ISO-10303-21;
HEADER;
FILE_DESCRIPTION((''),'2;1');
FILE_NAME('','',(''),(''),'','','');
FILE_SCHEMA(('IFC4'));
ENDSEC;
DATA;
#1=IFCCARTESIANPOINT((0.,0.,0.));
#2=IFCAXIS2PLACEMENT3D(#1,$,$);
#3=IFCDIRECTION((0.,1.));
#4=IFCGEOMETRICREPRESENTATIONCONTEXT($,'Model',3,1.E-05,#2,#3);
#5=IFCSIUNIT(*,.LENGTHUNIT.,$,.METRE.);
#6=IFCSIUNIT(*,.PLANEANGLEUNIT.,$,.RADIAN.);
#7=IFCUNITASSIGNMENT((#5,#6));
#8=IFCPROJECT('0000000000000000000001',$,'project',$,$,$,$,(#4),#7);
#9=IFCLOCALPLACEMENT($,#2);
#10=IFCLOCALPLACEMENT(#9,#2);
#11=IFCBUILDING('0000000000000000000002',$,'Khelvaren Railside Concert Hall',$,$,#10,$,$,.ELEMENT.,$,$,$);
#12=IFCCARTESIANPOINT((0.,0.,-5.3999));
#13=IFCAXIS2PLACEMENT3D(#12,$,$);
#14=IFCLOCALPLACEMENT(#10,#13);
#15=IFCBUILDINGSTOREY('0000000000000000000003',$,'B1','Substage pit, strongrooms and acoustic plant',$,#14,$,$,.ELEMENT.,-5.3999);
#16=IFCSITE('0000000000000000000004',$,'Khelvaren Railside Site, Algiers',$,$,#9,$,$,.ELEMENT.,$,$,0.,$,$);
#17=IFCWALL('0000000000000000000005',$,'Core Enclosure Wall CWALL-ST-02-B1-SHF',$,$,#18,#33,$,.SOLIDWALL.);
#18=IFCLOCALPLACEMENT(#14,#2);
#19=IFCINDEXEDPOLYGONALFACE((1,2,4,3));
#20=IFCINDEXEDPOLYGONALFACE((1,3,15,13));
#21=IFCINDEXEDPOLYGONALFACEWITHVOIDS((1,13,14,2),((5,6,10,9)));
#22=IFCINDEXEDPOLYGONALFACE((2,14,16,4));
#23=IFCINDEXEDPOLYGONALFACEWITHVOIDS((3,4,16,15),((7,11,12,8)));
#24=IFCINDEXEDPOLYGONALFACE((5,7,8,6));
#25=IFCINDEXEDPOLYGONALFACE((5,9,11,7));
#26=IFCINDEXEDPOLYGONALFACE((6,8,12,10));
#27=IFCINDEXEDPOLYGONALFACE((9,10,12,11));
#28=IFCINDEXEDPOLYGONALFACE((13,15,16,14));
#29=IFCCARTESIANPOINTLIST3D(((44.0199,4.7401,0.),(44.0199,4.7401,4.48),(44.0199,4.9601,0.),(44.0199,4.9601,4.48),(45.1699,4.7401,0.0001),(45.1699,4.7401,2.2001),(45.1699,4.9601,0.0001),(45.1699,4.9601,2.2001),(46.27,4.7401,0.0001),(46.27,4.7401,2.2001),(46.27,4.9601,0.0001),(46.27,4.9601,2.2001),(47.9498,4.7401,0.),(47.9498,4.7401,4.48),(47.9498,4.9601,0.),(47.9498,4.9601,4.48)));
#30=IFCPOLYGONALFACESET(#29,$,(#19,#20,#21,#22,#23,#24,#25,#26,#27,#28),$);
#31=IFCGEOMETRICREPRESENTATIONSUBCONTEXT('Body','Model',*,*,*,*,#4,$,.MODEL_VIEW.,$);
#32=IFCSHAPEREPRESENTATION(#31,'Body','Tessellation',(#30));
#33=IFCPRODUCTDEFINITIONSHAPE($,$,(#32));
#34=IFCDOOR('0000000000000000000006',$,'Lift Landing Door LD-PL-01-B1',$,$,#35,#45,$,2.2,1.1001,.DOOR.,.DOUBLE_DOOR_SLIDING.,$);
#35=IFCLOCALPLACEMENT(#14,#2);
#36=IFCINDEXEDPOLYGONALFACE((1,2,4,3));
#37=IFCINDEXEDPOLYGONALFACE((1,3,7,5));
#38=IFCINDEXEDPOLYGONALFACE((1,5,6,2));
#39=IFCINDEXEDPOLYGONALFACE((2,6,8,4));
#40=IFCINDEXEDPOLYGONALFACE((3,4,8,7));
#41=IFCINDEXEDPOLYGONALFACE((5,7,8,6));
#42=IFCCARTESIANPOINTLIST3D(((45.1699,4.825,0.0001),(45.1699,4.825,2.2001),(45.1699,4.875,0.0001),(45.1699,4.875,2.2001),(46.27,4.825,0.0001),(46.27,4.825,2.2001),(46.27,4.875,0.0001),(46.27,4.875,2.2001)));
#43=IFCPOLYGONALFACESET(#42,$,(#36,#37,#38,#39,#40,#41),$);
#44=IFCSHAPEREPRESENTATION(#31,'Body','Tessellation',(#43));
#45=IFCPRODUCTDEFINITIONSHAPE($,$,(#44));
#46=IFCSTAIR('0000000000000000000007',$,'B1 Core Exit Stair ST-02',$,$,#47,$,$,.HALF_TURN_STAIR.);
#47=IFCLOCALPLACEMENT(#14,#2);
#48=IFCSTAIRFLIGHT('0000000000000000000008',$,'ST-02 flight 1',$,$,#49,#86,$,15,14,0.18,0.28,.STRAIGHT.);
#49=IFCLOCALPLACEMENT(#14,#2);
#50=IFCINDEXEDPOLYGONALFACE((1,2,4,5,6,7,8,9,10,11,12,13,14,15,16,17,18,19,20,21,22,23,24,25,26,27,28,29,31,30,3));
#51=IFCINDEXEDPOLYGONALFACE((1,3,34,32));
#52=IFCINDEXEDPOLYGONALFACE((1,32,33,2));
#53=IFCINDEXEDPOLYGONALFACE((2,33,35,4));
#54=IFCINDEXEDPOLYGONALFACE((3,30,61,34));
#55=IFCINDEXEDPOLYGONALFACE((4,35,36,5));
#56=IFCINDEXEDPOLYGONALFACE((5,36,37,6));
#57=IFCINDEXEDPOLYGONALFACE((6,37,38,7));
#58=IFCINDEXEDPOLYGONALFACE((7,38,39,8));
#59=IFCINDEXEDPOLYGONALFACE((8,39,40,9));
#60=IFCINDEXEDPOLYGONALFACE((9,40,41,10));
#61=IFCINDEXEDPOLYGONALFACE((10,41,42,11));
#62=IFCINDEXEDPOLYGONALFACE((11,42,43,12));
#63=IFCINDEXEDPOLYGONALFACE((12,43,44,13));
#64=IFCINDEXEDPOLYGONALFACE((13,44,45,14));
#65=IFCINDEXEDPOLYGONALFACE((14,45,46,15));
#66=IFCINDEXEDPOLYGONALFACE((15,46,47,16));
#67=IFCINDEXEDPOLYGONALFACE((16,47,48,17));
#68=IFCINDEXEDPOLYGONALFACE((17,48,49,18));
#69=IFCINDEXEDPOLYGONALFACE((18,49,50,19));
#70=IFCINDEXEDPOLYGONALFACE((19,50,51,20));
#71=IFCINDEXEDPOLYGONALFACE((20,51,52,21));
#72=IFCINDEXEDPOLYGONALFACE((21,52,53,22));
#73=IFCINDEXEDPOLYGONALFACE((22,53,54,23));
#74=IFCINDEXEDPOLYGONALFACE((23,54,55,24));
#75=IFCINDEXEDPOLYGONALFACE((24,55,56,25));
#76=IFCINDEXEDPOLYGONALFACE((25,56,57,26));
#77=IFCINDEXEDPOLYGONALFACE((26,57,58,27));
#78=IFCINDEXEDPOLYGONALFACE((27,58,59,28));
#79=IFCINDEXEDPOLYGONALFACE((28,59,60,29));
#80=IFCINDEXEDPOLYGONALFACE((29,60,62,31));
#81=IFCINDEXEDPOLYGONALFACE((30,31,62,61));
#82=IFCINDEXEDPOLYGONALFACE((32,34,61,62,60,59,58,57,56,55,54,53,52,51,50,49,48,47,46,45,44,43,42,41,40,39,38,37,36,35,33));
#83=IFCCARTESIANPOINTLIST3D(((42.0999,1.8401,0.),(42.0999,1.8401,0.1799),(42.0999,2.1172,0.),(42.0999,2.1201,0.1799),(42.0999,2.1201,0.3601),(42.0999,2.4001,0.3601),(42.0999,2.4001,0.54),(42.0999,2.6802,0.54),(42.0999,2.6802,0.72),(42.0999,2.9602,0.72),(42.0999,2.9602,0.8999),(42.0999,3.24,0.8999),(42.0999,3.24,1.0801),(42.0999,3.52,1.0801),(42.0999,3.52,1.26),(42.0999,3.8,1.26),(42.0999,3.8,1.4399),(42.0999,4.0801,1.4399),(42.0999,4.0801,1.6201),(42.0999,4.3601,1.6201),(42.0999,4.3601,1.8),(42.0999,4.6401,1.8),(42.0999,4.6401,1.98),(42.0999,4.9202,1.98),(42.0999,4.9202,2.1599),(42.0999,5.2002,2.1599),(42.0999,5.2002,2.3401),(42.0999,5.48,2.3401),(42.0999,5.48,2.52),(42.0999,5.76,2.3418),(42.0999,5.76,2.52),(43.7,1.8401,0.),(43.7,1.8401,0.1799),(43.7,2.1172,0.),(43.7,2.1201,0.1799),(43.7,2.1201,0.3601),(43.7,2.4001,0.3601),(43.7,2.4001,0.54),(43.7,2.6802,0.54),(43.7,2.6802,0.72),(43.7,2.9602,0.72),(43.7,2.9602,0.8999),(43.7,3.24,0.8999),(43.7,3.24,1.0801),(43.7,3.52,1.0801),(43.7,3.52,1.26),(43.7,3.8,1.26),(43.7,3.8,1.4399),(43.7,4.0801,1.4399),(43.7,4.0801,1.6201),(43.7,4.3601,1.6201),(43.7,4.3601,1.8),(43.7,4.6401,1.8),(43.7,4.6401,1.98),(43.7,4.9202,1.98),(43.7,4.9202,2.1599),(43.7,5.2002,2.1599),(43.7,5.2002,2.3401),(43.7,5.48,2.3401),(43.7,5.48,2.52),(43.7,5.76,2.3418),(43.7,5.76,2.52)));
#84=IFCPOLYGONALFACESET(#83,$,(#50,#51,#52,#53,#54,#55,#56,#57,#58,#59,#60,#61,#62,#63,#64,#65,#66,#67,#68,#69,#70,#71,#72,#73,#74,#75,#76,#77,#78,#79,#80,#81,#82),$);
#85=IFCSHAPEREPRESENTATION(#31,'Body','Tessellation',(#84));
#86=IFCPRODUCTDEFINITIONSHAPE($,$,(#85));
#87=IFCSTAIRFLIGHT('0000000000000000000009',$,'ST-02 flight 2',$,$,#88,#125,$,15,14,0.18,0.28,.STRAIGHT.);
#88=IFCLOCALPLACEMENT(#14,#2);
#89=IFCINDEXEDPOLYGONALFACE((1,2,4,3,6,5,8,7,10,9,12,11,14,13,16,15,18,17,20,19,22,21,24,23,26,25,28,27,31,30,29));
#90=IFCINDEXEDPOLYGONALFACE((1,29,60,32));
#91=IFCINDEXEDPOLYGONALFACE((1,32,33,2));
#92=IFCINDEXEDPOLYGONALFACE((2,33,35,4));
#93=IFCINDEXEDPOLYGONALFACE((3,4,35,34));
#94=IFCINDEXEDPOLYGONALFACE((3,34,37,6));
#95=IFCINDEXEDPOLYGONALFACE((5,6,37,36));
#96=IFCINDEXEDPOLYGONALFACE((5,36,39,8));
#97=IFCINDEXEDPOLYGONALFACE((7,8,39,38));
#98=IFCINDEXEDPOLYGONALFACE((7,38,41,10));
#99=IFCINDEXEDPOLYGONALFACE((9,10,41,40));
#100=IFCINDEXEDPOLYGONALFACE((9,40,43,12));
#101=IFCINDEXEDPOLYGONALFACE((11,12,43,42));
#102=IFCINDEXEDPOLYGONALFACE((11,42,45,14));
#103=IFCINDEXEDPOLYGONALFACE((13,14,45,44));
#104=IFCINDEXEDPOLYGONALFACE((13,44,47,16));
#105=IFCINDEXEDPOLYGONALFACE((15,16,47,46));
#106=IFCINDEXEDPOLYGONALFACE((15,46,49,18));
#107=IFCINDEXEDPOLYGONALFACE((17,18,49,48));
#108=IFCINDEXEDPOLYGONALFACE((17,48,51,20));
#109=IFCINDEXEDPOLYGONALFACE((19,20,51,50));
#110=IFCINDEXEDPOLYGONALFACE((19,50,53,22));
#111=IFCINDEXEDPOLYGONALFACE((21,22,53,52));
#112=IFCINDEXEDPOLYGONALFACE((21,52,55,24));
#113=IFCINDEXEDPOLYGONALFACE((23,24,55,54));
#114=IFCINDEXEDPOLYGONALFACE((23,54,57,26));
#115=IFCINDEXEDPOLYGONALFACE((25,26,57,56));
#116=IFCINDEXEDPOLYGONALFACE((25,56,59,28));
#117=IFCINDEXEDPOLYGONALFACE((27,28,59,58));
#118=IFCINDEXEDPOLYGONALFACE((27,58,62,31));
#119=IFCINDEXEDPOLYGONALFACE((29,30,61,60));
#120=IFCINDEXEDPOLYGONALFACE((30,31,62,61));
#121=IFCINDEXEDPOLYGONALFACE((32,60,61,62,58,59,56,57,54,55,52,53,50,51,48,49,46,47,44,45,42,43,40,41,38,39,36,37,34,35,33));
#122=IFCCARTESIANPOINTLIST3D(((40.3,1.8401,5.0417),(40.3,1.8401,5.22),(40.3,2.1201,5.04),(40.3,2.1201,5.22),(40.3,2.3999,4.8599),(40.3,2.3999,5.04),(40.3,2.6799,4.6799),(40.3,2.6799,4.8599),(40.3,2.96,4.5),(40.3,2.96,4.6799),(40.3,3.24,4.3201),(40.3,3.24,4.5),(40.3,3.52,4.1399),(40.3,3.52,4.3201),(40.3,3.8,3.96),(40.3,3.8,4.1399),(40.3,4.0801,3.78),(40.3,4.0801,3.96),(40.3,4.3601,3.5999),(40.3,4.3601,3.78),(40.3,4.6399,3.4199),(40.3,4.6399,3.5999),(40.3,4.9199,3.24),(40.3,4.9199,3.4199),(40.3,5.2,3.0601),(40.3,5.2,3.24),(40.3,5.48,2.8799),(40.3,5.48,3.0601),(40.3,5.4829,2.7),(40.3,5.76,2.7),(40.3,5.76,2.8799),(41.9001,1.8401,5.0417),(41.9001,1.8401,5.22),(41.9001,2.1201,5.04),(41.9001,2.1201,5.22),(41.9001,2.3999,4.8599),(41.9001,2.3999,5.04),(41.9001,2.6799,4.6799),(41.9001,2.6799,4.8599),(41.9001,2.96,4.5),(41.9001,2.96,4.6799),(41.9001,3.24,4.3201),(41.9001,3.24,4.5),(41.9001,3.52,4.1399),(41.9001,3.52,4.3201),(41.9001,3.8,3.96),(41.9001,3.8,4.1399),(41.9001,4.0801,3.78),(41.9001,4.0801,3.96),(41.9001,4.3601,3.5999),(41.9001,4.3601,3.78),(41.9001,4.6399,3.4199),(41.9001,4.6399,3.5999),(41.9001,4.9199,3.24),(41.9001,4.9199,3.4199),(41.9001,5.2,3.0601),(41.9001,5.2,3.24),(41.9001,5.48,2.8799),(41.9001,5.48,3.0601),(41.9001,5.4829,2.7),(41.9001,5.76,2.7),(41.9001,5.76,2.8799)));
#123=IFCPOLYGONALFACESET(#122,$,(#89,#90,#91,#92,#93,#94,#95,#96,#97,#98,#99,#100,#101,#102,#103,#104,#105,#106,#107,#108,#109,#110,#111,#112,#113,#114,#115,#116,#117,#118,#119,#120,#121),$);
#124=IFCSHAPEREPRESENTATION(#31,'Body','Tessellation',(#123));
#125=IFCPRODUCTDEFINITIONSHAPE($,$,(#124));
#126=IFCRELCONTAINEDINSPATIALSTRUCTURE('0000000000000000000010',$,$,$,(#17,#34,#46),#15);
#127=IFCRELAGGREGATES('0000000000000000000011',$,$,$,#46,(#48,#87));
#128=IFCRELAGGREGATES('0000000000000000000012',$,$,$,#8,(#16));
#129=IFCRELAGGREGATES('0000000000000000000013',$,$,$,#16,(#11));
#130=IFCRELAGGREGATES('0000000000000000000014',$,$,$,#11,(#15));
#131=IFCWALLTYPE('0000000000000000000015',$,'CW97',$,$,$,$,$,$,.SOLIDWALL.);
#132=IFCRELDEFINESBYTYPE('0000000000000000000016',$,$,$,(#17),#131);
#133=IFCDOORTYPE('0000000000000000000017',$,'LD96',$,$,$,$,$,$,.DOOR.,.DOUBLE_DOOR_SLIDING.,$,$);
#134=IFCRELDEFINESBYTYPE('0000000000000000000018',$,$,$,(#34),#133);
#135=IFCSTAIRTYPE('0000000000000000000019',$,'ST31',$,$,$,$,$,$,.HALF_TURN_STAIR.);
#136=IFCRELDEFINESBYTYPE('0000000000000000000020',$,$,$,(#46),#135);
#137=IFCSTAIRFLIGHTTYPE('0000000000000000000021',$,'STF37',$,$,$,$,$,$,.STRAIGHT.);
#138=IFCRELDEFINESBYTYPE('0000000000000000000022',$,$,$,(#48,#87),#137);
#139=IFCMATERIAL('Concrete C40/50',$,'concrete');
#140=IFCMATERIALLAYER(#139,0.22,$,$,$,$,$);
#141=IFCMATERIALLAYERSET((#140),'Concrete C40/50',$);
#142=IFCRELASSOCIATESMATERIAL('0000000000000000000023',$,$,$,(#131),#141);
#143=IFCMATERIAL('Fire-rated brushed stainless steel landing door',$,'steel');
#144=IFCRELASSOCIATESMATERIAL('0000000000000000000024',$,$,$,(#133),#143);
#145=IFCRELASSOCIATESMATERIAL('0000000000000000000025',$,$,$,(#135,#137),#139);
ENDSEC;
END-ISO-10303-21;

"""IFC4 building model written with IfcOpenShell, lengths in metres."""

from ifc_helpers import new_model, si_unit, direction, frame, frame_2d, origin, place, context, subcontext, project, spatial, polyline, rectangle, outline, extrude, material, layer, layer_set, type_object, element, fill, aggregate, save


model = new_model("IFC4")

# Units and contexts
model_context = context("Model", 3, precision=1e-05, world=origin(), true_north=direction((0.0, 1.0)))
body_context = subcontext(model_context, "Body", "Model", "MODEL_VIEW")
ifc_project = project(units=[si_unit("LENGTHUNIT", "METRE"), si_unit("PLANEANGLEUNIT", "RADIAN")], contexts=[model_context])

# Site, building, storey
site_placement = place(None, origin())
site = spatial("IfcSite", under=ifc_project, at=site_placement, Name="Khelvaren Railside Site, Algiers", CompositionType="ELEMENT", RefElevation=0.0)
building_placement = place(site_placement, origin())
building = spatial("IfcBuilding", under=site, at=building_placement, Name="Khelvaren Railside Concert Hall", CompositionType="ELEMENT")
storey_placement = place(building_placement, frame((0.0, 0.0, -5.3999)))
storey = spatial("IfcBuildingStorey", under=building, at=storey_placement, Name="B1", Description="Substage pit, strongrooms and acoustic plant", CompositionType="ELEMENT", Elevation=-5.3999)

# Wall, opening, door
ifc_material_1 = material(Name="Concrete C40/50", Category="concrete")
ifc_layer = layer(ifc_material_1, 0.22)
ifc_layer_set = layer_set([ifc_layer], Name="Concrete C40/50")
wall_type = type_object("IfcWallType", Name="CW97", PredefinedType="SOLIDWALL", material=ifc_layer_set)
wall_1_placement = place(storey_placement, frame((44.02, 4.8501, 0.0), z_axis=(0.0, 0.0, 1.0), x_axis=(1.0, 0.0, 0.0)))
wall_1 = element("IfcWall", 1, at=wall_1_placement, inside=storey, type_object=wall_type, Name="Core Enclosure Wall CWALL-ST-02-B1-SHF", PredefinedType="SOLIDWALL", context=body_context, shape_type="SweptSolid", body=[
    extrude(rectangle(XDim=3.9299, YDim=0.22, at=frame_2d((1.9648, 0.0))), origin(), (0.0, 0.0, 1.0), 4.48),
])
opening_1_placement = place(wall_1_placement, frame((1.1499, 0.0, 0.0)))
opening_1 = element("IfcOpeningElement", 2, at=opening_1_placement, cuts=wall_1, PredefinedType="OPENING", context=body_context, shape_type="SweptSolid", body=[
    extrude(rectangle(XDim=1.1001, YDim=2.2, at=frame_2d((0.55, 1.1001))), frame((0.0, 0.1199, 0.0), z_axis=(0.0, -1.0, 0.0), x_axis=(1.0, 0.0, 0.0)), (0.0, 0.0, 1.0), 0.24),
])
ifc_material_2 = material(Name="Fire-rated brushed stainless steel landing door", Category="steel")
door_type_1 = type_object("IfcDoorType", Name="LD96", OperationType="DOUBLE_DOOR_SLIDING", PredefinedType="DOOR", material=ifc_material_2)
door_1_placement = place(opening_1_placement, origin())
door_1 = element("IfcDoor", 3, at=door_1_placement, inside=storey, type_object=door_type_1, Name="Lift Landing Door LD-PL-01-B1", OperationType="DOUBLE_DOOR_SLIDING", OverallHeight=2.2, OverallWidth=1.1001, PredefinedType="DOOR", context=body_context, shape_type="SweptSolid", body=[
    extrude(rectangle(XDim=1.1001, YDim=2.2, at=frame_2d((0.55, 1.1001))), frame((0.0, 0.0249, 0.0), z_axis=(0.0, -1.0, 0.0), x_axis=(1.0, 0.0, 0.0)), (0.0, 0.0, 1.0), 0.05),
])
fill(opening_1, door_1)

# Stair, stair flights
stair_type = type_object("IfcStairType", Name="ST31", PredefinedType="HALF_TURN_STAIR", material=ifc_material_1)
stair_placement = place(storey_placement, origin())
stair = element("IfcStair", 4, at=stair_placement, inside=storey, type_object=stair_type, Name="B1 Core Exit Stair ST-02", PredefinedType="HALF_TURN_STAIR")
stair_flight_type = type_object("IfcStairFlightType", Name="STF37", PredefinedType="STRAIGHT", material=ifc_material_1)
stair_flight_1_placement = place(storey_placement, frame((42.8999, 1.8401, 0.0), z_axis=(0.0, 0.0, 1.0), x_axis=(0.0, 1.0, 0.0)))
stair_flight_1 = element("IfcStairFlight", 5, at=stair_flight_1_placement, type_object=stair_flight_type, Name="ST-02 flight 1", NumberOfRisers=15, NumberOfTreads=14, PredefinedType="STRAIGHT", RiserHeight=0.18, TreadLength=0.28, context=body_context, shape_type="SweptSolid", body=[
    extrude(outline(polyline([(0.0, 0.0), (0.0, 0.1799), (0.28, 0.1799), (0.28, 0.3601), (0.5601, 0.3601), (0.5601, 0.54), (0.8401, 0.54), (0.8401, 0.72), (1.1201, 0.72), (1.1201, 0.8999), (1.3999, 0.8999), (1.3999, 1.0801), (1.6799, 1.0801), (1.6799, 1.26), (1.96, 1.26), (1.96, 1.4399), (2.24, 1.4399), (2.24, 1.6201), (2.52, 1.6201), (2.52, 1.8), (2.8, 1.8), (2.8, 1.98), (3.0801, 1.98), (3.0801, 2.1599), (3.3601, 2.1599), (3.3601, 2.3401), (3.6399, 2.3401), (3.6399, 2.52), (3.9199, 2.52), (3.9199, 2.7), (3.9199, 2.3418), (0.2771, 0.0), (0.0, 0.0)])), frame((0.0, 0.8, 0.0), z_axis=(0.0, -1.0, 0.0), x_axis=(1.0, 0.0, 0.0)), (0.0, 0.0, 1.0), 1.6001),
])
stair_flight_2_placement = place(storey_placement, frame((41.1001, 5.76, 2.7), z_axis=(0.0, 0.0, 1.0), x_axis=(0.0, -1.0, 0.0)))
stair_flight_2 = element("IfcStairFlight", 6, at=stair_flight_2_placement, type_object=stair_flight_type, Name="ST-02 flight 2", NumberOfRisers=15, NumberOfTreads=14, PredefinedType="STRAIGHT", RiserHeight=0.18, TreadLength=0.28, context=body_context, shape_type="SweptSolid", body=[
    extrude(outline(polyline([(0.0, 0.0), (0.0, 0.1799), (0.28, 0.1799), (0.28, 0.3601), (0.5601, 0.3601), (0.5601, 0.54), (0.8401, 0.54), (0.8401, 0.72), (1.1201, 0.72), (1.1201, 0.8999), (1.3999, 0.8999), (1.3999, 1.0801), (1.6799, 1.0801), (1.6799, 1.26), (1.96, 1.26), (1.96, 1.4399), (2.24, 1.4399), (2.24, 1.6201), (2.52, 1.6201), (2.52, 1.8), (2.8, 1.8), (2.8, 1.98), (3.0801, 1.98), (3.0801, 2.1599), (3.3601, 2.1599), (3.3601, 2.3401), (3.6399, 2.3401), (3.6399, 2.52), (3.9199, 2.52), (3.9199, 2.7), (3.9199, 2.3418), (0.2771, 0.0), (0.0, 0.0)])), frame((0.0, 0.8, 0.0), z_axis=(0.0, -1.0, 0.0), x_axis=(1.0, 0.0, 0.0)), (0.0, 0.0, 1.0), 1.6001),
])
aggregate(stair, [stair_flight_1, stair_flight_2])

save(model, "model.ifc")
